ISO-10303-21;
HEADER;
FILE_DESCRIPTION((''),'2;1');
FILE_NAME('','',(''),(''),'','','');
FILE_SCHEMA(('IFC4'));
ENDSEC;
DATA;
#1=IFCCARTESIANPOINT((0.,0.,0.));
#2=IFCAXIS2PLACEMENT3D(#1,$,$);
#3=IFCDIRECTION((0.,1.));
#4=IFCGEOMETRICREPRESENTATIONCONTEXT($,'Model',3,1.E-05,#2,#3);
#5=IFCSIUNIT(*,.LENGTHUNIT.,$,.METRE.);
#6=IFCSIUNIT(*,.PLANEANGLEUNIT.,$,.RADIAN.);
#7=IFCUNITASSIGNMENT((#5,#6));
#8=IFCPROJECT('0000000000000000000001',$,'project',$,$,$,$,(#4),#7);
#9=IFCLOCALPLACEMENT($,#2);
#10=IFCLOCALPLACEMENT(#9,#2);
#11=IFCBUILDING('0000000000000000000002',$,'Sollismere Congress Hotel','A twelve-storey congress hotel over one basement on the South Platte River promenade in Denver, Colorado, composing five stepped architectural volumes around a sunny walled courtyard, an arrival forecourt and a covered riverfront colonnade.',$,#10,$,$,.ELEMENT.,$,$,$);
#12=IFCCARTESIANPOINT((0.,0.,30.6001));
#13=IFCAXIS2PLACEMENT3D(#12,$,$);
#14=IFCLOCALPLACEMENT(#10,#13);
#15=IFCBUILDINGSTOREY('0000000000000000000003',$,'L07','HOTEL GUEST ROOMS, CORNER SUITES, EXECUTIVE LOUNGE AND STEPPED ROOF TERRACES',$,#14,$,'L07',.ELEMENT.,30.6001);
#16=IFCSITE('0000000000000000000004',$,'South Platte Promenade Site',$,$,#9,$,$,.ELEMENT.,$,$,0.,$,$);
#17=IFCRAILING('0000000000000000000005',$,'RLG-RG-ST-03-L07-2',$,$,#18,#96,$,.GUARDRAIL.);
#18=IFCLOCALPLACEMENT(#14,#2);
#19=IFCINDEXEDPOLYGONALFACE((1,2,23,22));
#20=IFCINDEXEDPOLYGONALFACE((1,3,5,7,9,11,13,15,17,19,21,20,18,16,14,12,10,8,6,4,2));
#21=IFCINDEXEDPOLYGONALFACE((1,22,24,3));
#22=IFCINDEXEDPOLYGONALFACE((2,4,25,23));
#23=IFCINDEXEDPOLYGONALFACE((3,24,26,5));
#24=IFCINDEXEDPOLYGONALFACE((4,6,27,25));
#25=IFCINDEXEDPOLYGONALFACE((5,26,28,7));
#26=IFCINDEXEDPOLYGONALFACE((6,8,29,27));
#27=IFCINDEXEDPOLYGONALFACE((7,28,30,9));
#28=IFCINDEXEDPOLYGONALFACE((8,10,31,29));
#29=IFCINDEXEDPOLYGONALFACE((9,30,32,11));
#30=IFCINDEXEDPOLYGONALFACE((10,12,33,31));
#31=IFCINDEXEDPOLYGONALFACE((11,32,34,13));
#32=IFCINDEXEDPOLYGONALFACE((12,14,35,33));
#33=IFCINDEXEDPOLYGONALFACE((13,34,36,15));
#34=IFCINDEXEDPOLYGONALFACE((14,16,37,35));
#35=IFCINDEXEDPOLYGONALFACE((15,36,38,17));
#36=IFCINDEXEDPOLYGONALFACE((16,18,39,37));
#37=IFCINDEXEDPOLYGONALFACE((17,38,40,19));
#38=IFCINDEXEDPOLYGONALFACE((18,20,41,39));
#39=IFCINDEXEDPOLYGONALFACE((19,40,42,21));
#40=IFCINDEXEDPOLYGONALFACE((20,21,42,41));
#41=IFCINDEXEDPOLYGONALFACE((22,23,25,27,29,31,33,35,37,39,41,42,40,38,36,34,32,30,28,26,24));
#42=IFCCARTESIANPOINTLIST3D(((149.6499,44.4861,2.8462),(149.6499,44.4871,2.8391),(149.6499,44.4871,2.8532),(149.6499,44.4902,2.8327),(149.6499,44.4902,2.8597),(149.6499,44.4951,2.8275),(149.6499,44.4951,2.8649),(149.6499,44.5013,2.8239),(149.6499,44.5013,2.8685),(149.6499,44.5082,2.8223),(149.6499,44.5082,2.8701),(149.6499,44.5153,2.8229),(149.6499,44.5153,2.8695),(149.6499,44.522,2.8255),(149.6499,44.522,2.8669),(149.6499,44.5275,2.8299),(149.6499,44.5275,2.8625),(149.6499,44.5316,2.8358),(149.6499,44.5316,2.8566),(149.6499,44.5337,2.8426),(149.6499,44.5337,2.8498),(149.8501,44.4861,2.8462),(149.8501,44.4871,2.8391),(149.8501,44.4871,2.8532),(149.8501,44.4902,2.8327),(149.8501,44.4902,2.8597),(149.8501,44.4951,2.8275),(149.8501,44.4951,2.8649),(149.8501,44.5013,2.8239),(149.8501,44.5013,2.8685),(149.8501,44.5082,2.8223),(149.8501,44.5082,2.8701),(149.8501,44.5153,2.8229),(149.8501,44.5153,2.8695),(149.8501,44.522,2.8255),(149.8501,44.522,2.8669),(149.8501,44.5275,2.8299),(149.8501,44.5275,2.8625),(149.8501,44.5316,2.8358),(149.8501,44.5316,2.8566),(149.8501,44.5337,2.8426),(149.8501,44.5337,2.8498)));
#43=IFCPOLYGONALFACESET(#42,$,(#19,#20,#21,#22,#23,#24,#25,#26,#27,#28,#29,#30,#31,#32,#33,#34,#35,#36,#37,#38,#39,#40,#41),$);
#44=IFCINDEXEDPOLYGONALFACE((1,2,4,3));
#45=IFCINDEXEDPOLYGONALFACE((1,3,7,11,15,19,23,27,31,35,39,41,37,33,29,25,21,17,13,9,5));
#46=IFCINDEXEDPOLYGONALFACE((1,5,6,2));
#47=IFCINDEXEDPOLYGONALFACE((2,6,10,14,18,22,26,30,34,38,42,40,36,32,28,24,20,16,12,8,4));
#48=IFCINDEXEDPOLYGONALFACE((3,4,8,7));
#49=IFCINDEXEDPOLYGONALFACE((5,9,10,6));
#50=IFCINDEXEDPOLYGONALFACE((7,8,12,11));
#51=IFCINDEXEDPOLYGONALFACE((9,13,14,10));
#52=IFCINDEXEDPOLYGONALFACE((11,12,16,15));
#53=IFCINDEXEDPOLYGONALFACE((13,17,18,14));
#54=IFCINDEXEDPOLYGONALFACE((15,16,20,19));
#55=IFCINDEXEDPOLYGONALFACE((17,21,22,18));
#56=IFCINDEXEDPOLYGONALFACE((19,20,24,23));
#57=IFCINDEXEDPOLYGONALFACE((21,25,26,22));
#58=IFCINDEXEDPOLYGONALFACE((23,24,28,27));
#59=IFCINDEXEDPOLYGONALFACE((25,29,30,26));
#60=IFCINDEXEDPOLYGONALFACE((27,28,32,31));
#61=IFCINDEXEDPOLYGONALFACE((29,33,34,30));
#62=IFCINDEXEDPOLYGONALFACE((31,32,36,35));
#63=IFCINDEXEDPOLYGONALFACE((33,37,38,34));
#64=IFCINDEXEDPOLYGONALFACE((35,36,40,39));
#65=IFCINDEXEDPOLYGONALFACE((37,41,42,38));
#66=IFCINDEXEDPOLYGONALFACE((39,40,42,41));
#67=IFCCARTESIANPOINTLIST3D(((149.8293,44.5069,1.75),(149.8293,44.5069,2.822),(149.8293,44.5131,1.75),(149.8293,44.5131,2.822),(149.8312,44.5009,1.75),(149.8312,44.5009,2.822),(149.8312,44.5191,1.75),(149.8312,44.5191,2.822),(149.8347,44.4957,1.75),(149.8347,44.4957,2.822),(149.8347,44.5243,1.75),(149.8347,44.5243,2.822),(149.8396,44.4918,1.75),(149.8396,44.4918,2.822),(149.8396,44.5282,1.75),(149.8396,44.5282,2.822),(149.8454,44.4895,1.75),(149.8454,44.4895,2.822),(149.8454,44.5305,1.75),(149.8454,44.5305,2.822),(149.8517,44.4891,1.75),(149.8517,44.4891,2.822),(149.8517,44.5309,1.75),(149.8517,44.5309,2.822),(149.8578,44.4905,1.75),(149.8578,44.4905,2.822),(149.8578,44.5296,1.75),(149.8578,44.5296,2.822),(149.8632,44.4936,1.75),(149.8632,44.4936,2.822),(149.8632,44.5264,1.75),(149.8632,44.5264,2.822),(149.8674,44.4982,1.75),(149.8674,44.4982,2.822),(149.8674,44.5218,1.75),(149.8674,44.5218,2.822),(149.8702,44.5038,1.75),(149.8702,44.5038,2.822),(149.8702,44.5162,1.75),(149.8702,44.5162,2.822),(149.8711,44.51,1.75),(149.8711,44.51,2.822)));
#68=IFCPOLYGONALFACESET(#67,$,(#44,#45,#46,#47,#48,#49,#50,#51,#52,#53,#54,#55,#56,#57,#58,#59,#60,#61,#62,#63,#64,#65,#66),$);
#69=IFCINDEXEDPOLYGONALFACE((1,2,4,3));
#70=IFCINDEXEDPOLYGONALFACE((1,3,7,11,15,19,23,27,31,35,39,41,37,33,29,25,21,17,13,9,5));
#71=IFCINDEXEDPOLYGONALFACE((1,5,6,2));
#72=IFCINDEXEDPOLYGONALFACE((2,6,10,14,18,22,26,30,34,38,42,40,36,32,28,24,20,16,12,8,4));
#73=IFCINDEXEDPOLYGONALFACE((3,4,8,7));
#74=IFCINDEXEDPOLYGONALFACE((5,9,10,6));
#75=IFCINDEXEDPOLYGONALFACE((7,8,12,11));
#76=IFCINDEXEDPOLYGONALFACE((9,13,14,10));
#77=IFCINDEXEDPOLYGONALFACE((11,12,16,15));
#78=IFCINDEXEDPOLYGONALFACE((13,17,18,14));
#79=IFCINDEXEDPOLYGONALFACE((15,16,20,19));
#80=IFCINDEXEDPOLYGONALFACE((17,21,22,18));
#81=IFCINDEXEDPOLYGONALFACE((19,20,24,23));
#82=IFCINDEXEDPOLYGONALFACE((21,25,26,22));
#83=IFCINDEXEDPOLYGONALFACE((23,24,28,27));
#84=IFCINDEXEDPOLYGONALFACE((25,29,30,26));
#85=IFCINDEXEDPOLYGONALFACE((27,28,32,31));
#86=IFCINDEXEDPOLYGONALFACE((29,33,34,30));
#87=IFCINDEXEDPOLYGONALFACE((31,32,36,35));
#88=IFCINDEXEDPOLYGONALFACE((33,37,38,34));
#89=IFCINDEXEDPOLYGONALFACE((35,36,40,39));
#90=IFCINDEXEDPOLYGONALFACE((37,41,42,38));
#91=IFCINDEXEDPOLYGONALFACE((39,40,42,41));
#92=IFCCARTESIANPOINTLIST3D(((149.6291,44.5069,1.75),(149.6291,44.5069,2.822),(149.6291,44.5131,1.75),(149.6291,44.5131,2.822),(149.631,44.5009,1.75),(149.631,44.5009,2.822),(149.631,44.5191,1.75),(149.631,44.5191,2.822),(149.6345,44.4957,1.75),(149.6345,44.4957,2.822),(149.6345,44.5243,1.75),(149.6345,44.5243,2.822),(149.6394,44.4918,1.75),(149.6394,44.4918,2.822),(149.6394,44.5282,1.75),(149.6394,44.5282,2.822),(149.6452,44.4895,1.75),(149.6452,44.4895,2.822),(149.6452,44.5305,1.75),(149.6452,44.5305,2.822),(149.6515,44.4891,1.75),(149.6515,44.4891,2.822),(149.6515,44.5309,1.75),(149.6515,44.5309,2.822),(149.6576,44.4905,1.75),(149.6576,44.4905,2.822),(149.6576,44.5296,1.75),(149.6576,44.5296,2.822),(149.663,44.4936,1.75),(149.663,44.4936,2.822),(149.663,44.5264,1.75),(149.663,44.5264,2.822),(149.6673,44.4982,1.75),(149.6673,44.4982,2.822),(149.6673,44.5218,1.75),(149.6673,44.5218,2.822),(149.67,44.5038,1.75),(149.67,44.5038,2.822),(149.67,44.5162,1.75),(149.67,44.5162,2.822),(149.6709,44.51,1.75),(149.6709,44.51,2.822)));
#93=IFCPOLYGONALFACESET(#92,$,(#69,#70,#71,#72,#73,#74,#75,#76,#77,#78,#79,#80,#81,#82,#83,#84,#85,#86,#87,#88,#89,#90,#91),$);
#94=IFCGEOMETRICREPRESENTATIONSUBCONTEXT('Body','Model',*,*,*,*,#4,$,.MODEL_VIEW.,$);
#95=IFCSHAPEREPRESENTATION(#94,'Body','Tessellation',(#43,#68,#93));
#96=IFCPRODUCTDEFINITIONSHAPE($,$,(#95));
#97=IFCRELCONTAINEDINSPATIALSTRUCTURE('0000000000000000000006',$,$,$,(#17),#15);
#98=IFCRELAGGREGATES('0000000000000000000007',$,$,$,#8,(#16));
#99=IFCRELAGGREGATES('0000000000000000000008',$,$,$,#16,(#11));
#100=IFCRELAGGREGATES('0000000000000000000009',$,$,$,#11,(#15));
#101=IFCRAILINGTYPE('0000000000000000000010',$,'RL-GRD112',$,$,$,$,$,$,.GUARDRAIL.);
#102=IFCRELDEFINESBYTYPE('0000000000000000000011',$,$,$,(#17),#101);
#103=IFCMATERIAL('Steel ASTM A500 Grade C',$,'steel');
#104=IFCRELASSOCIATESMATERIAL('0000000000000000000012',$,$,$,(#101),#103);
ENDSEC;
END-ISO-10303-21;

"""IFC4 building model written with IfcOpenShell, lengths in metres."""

from ifc_helpers import new_model, si_unit, direction, frame, origin, origin_2d, place, context, subcontext, project, spatial, circle, extrude, material, type_object, element, save


model = new_model("IFC4")

# Units and contexts
model_context = context("Model", 3, precision=1e-05, world=origin(), true_north=direction((0.0, 1.0)))
body_context = subcontext(model_context, "Body", "Model", "MODEL_VIEW")
ifc_project = project(units=[si_unit("LENGTHUNIT", "METRE"), si_unit("PLANEANGLEUNIT", "RADIAN")], contexts=[model_context])

# Site, building, storey
site_placement = place(None, origin())
site = spatial("IfcSite", under=ifc_project, at=site_placement, Name="South Platte Promenade Site", CompositionType="ELEMENT", RefElevation=0.0)
building_placement = place(site_placement, origin())
building = spatial("IfcBuilding", under=site, at=building_placement, Name="Sollismere Congress Hotel", Description="A twelve-storey congress hotel over one basement on the South Platte River promenade in Denver, Colorado, composing five stepped architectural volumes around a sunny walled courtyard, an arrival forecourt and a covered riverfront colonnade.", CompositionType="ELEMENT")
storey_placement = place(building_placement, frame((0.0, 0.0, 30.6001)))
storey = spatial("IfcBuildingStorey", under=building, at=storey_placement, Name="L07", Description="HOTEL GUEST ROOMS, CORNER SUITES, EXECUTIVE LOUNGE AND STEPPED ROOF TERRACES", LongName="L07", CompositionType="ELEMENT", Elevation=30.6001)

# Railing
ifc_material_1 = material(Name="Steel ASTM A500 Grade C", Category="steel")
railing_type_1 = type_object("IfcRailingType", Name="RL-GRD112", PredefinedType="GUARDRAIL", material=ifc_material_1)
railing_1_placement = place(storey_placement, frame((149.8501, 44.51, 1.75)))
element("IfcRailing", 1, at=railing_1_placement, inside=storey, type_object=railing_type_1, Name="RLG-RG-ST-03-L07-2", PredefinedType="GUARDRAIL", context=body_context, shape_type="SweptSolid", body=[
    extrude(circle(Radius=0.0239, at=origin_2d()), frame((0.0, 0.0, 1.0962), z_axis=(-1.0, 0.0, 0.0), x_axis=(0.0, -1.0, 0.0)), (0.0, 0.0, 1.0), 0.2002),
    extrude(circle(Radius=0.021, at=origin_2d()), origin(), (0.0, 0.0, 1.0), 1.072),
    extrude(circle(Radius=0.021, at=origin_2d()), frame((-0.2002, 0.0, 0.0)), (0.0, 0.0, 1.0), 1.072),
])

save(model, "model.ifc")
